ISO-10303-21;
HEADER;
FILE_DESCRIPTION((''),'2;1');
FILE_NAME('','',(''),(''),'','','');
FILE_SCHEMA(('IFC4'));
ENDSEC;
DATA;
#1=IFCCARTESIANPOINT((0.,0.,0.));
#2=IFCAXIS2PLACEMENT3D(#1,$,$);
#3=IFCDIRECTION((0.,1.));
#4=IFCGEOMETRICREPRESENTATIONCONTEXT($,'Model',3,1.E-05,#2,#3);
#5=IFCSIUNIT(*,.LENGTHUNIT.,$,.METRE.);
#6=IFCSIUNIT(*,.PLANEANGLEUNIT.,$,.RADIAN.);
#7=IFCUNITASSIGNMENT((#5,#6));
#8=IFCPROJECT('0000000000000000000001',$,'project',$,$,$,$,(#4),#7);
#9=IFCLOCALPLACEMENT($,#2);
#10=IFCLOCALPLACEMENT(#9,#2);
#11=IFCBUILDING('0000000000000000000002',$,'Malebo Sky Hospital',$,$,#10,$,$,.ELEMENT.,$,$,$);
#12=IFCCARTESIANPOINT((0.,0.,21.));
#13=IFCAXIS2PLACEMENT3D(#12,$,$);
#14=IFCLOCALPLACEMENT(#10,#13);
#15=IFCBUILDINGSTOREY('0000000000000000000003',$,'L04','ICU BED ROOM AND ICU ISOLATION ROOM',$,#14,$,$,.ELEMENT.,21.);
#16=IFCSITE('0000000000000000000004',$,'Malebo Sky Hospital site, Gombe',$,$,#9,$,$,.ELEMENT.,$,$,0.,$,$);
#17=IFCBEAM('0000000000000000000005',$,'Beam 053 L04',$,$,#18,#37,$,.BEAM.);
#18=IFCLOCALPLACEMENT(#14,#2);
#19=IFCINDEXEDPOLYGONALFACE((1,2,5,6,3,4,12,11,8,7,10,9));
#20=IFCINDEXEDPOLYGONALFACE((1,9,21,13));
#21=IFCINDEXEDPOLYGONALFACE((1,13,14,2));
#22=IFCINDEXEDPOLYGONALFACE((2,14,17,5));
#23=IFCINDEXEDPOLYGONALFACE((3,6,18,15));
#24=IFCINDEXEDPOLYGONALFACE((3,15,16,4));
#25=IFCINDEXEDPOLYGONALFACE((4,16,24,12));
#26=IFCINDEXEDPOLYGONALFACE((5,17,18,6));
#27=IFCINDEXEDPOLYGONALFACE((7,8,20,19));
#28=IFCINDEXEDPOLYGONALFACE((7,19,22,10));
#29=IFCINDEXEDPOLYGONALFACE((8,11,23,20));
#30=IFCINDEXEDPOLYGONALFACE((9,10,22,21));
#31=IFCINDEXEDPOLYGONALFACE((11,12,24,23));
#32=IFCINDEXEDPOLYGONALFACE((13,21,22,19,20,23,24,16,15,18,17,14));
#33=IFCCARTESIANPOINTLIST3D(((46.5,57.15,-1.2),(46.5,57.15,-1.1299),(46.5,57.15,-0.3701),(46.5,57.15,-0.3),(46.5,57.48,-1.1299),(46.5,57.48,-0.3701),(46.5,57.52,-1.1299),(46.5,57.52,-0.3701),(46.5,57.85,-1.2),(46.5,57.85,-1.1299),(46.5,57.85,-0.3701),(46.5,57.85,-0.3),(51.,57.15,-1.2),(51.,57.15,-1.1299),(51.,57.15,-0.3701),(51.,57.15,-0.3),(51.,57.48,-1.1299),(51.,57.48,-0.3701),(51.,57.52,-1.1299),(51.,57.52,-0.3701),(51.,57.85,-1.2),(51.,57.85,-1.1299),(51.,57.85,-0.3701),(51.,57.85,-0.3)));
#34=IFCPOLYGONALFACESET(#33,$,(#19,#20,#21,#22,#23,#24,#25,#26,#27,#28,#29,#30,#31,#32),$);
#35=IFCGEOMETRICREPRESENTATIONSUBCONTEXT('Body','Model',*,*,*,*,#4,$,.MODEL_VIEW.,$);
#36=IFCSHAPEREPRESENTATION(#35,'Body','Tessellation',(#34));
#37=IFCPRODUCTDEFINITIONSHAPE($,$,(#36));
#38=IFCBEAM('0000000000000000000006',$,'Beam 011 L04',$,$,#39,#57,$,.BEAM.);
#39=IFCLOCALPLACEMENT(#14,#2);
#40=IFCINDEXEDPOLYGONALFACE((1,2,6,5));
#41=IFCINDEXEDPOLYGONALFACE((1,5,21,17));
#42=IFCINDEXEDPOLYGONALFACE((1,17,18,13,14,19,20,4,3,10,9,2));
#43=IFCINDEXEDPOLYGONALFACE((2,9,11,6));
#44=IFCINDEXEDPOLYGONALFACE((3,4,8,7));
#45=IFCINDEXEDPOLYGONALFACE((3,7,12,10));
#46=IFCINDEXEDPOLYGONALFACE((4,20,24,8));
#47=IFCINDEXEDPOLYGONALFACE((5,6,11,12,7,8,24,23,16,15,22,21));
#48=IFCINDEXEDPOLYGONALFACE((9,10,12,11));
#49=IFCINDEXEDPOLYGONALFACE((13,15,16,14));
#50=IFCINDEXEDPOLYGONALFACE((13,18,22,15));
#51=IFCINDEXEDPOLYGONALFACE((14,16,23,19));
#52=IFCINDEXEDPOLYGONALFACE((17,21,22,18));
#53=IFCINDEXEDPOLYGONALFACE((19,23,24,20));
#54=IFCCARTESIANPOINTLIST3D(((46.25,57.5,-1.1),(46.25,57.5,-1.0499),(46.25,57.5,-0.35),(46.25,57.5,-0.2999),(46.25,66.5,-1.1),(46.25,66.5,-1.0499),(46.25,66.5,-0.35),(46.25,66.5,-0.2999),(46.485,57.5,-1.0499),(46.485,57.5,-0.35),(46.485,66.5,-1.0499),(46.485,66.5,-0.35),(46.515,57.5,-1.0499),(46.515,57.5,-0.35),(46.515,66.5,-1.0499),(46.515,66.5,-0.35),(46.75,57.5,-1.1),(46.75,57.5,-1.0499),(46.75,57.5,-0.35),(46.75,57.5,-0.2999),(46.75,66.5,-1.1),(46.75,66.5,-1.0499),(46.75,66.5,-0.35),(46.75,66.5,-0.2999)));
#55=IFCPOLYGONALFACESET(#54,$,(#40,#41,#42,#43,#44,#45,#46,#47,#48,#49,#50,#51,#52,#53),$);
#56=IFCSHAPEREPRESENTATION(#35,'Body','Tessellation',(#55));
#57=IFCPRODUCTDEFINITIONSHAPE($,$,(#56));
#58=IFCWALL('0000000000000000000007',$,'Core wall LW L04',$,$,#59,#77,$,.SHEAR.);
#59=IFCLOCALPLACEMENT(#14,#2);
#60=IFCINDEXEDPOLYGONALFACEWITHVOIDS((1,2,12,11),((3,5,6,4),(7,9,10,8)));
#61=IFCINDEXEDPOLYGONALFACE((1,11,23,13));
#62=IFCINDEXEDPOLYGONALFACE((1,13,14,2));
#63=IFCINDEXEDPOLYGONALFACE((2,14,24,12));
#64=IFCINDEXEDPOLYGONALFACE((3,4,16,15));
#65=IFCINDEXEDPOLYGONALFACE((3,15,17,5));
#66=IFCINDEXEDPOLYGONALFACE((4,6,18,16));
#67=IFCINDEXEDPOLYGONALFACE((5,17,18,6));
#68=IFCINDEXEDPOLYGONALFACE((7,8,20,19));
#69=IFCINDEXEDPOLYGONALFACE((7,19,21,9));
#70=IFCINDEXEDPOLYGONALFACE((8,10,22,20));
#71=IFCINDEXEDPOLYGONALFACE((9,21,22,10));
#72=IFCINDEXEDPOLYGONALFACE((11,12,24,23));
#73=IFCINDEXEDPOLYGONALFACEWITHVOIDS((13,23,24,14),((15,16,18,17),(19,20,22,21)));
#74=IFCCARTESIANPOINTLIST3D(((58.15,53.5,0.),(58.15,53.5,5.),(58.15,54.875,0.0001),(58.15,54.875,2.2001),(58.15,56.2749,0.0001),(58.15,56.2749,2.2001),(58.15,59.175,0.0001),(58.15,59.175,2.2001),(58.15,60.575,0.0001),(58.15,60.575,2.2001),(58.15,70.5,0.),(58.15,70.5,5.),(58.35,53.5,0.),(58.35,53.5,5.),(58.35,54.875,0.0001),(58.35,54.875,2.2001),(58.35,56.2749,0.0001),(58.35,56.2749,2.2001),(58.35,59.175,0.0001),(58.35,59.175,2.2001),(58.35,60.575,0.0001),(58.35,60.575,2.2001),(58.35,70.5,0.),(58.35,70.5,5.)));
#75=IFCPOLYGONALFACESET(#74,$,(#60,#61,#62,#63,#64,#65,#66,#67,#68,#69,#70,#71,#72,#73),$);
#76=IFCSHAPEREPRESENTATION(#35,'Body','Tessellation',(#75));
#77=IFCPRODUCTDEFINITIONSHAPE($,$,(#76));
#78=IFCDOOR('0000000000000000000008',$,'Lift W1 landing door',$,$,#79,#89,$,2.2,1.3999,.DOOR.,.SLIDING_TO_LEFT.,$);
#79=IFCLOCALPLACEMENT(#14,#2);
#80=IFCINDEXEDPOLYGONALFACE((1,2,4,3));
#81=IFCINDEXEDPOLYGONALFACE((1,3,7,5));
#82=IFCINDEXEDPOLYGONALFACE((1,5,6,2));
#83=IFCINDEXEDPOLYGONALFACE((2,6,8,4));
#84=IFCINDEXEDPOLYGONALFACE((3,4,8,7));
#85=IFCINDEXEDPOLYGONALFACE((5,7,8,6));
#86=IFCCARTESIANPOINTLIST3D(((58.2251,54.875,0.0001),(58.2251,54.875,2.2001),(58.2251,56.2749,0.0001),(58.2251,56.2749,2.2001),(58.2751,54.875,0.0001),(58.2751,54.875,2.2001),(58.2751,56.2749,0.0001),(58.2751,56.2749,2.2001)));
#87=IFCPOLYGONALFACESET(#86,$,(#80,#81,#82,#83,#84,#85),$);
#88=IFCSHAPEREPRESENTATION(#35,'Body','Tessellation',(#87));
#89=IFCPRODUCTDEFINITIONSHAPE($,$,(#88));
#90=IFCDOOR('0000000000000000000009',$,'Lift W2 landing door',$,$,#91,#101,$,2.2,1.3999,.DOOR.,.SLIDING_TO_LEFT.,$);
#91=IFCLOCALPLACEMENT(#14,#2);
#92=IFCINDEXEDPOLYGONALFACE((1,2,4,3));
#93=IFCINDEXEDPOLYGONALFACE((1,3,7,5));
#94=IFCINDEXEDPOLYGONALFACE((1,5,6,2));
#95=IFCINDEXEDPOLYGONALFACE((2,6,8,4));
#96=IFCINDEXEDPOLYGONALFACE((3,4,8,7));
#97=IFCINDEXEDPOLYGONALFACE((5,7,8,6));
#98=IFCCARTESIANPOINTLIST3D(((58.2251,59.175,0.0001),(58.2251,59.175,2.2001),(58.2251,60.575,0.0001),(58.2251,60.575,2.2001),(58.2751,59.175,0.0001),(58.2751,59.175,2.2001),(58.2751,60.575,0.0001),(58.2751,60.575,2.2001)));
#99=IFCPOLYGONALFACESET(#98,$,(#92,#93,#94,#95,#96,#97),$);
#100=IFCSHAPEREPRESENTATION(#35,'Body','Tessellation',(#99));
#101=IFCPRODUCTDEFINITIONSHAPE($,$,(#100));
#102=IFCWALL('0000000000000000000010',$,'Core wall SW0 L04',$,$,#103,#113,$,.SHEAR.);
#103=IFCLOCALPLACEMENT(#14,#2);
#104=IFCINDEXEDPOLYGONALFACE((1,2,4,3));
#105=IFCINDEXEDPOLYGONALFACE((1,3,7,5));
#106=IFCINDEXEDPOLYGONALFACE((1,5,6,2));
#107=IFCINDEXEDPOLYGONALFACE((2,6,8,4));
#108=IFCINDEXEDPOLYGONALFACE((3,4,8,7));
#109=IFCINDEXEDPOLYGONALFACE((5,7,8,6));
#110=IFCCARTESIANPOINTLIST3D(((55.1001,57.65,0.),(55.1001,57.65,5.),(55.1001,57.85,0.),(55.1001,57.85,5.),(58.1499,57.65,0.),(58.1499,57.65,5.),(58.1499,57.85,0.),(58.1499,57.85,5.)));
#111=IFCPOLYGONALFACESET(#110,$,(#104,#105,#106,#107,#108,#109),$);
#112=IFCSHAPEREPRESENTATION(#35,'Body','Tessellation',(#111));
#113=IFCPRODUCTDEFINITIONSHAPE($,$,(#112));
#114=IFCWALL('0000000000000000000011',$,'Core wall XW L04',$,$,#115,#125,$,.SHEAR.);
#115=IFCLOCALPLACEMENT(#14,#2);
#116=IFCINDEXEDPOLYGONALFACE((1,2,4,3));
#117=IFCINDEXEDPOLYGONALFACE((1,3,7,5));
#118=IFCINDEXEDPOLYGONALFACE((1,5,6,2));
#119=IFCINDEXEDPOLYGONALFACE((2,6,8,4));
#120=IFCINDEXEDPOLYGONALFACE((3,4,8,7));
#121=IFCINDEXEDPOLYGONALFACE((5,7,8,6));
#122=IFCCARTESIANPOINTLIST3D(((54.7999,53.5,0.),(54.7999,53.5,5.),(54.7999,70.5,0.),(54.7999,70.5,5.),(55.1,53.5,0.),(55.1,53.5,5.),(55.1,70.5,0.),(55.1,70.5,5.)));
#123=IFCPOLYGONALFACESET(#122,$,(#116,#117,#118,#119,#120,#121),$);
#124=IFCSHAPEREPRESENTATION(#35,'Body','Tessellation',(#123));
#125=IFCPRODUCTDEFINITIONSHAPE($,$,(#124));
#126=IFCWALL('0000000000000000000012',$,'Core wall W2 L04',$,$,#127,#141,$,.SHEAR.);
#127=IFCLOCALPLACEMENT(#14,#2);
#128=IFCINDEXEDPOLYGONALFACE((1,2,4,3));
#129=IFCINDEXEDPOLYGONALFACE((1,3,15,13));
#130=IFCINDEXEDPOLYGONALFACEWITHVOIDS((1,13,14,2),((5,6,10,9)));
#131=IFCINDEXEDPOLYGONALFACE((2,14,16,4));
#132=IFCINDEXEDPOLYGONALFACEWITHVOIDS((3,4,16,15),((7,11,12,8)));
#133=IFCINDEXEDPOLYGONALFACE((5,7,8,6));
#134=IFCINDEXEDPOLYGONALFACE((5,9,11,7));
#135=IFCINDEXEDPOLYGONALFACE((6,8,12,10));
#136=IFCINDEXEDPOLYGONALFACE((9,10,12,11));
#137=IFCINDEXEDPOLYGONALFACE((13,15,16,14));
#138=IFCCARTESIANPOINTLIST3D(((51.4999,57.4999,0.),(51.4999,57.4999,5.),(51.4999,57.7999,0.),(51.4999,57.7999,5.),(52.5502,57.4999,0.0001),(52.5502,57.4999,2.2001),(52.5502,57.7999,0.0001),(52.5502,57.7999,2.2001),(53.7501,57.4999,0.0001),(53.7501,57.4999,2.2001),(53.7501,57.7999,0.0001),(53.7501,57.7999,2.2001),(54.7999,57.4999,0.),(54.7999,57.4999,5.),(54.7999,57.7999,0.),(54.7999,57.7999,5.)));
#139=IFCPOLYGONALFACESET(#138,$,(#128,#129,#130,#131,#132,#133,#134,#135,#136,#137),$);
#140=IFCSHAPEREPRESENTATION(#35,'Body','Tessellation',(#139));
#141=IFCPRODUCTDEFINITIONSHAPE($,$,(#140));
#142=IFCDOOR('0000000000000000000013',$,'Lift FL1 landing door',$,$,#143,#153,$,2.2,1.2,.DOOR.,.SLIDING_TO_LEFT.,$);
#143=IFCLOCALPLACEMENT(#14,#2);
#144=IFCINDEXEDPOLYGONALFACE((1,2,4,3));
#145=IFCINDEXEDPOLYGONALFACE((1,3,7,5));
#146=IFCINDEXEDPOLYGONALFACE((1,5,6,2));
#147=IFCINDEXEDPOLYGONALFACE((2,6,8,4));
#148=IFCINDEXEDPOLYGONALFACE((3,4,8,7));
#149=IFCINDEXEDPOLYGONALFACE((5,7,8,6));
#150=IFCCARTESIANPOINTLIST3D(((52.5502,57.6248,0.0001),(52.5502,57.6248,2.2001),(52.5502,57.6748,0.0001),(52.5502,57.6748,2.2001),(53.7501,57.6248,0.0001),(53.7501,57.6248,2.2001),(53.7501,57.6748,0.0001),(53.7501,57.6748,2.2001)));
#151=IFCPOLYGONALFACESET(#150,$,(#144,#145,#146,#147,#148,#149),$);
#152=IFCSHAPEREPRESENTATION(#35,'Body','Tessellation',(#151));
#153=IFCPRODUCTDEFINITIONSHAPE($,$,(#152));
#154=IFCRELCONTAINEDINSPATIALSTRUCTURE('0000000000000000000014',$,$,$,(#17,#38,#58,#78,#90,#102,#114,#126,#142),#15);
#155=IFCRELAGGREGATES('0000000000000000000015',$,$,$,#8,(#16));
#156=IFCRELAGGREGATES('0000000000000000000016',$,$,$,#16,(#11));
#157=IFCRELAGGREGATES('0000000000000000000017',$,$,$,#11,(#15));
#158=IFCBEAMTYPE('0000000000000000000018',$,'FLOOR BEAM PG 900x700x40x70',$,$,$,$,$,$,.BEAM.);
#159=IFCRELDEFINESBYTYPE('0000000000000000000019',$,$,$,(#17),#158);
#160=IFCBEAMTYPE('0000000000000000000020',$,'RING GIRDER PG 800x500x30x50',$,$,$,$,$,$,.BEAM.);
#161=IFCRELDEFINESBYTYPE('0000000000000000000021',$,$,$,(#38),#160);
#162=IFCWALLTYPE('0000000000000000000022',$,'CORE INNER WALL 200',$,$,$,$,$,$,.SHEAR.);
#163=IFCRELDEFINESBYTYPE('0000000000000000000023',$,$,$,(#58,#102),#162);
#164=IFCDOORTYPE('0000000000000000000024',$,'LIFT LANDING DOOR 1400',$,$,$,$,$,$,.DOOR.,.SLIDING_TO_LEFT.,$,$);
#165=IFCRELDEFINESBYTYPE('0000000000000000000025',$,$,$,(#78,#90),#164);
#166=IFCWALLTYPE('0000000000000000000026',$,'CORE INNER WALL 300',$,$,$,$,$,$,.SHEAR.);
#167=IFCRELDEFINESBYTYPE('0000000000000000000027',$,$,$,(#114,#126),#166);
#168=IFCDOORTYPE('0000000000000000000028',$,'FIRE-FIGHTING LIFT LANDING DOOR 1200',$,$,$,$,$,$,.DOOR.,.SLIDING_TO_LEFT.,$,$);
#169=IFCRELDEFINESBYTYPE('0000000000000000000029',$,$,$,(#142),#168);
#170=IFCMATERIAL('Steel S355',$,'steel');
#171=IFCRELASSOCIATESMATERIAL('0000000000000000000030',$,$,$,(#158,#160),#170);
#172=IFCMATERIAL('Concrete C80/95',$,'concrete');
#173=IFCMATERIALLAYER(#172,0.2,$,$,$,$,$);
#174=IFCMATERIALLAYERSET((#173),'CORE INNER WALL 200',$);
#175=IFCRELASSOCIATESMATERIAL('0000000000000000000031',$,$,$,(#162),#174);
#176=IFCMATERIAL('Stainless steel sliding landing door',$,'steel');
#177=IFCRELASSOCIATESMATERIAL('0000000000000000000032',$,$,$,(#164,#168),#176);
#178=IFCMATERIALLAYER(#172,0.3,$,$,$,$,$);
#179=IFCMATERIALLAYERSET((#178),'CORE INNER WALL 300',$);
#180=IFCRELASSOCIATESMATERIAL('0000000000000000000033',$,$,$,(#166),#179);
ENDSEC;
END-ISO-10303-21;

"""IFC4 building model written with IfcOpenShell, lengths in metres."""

from ifc_helpers import new_model, si_unit, direction, frame, frame_2d, origin, origin_2d, place, context, subcontext, project, spatial, rectangle, i_section, extrude, material, layer, layer_set, material_profile, profile_set, type_object, element, fill, save


model = new_model("IFC4")

# Units and contexts
model_context = context("Model", 3, precision=1e-05, world=origin(), true_north=direction((0.0, 1.0)))
body_context = subcontext(model_context, "Body", "Model", "MODEL_VIEW")
ifc_project = project(units=[si_unit("LENGTHUNIT", "METRE"), si_unit("PLANEANGLEUNIT", "RADIAN")], contexts=[model_context])

# Site, building, storey
site_placement = place(None, origin())
site = spatial("IfcSite", under=ifc_project, at=site_placement, Name="Malebo Sky Hospital site, Gombe", CompositionType="ELEMENT", RefElevation=0.0)
building_placement = place(site_placement, origin())
building = spatial("IfcBuilding", under=site, at=building_placement, Name="Malebo Sky Hospital", CompositionType="ELEMENT")
storey_placement = place(building_placement, frame((0.0, 0.0, 21.0)))
storey = spatial("IfcBuildingStorey", under=building, at=storey_placement, Name="L04", Description="ICU BED ROOM AND ICU ISOLATION ROOM", CompositionType="ELEMENT", Elevation=21.0)

# Beams
ifc_material_1 = material(Name="Steel S355", Category="steel")
ifc_material_profile_1 = material_profile(ifc_material_1, i_section(OverallWidth=0.7, OverallDepth=0.8999, WebThickness=0.04, FlangeThickness=0.0701, at=origin_2d()), Name="PG 900x700x40x70")
ifc_profile_set_1 = profile_set([ifc_material_profile_1], Name="Steel S355")
beam_type_1 = type_object("IfcBeamType", Name="FLOOR BEAM PG 900x700x40x70", PredefinedType="BEAM", material=ifc_profile_set_1)
beam_1_placement = place(storey_placement, frame((46.5, 57.5, -0.75), z_axis=(1.0, 0.0, 0.0), x_axis=(0.0, 1.0, 0.0)))
element("IfcBeam", 1, at=beam_1_placement, inside=storey, type_object=beam_type_1, Name="Beam 053 L04", PredefinedType="BEAM", context=body_context, shape_type="SweptSolid", body=[
    extrude(i_section(OverallWidth=0.7, OverallDepth=0.8999, WebThickness=0.04, FlangeThickness=0.0701, at=origin_2d()), origin(), (0.0, 0.0, 1.0), 4.5),
])
ifc_material_profile_2 = material_profile(ifc_material_1, i_section(OverallWidth=0.5, OverallDepth=0.8, WebThickness=0.03, FlangeThickness=0.05, at=origin_2d()), Name="PG 800x500x30x50")
ifc_profile_set_2 = profile_set([ifc_material_profile_2], Name="Steel S355")
beam_type_2 = type_object("IfcBeamType", Name="RING GIRDER PG 800x500x30x50", PredefinedType="BEAM", material=ifc_profile_set_2)
beam_2_placement = place(storey_placement, frame((46.5, 57.5, -0.7), z_axis=(0.0, 1.0, 0.0), x_axis=(-1.0, 0.0, 0.0)))
element("IfcBeam", 2, at=beam_2_placement, inside=storey, type_object=beam_type_2, Name="Beam 011 L04", PredefinedType="BEAM", context=body_context, shape_type="SweptSolid", body=[
    extrude(i_section(OverallWidth=0.5, OverallDepth=0.8, WebThickness=0.03, FlangeThickness=0.05, at=origin_2d()), origin(), (0.0, 0.0, 1.0), 9.0),
])

# Wall, openings, doors
ifc_material_2 = material(Name="Concrete C80/95", Category="concrete")
ifc_layer_1 = layer(ifc_material_2, 0.2)
ifc_layer_set_1 = layer_set([ifc_layer_1], Name="CORE INNER WALL 200")
wall_type_1 = type_object("IfcWallType", Name="CORE INNER WALL 200", PredefinedType="SHEAR", material=ifc_layer_set_1)
wall_1_placement = place(storey_placement, frame((58.25, 53.5, 0.0), z_axis=(0.0, 0.0, 1.0), x_axis=(0.0, 1.0, 0.0)))
wall_1 = element("IfcWall", 3, at=wall_1_placement, inside=storey, type_object=wall_type_1, Name="Core wall LW L04", PredefinedType="SHEAR", context=body_context, shape_type="SweptSolid", body=[
    extrude(rectangle(XDim=17.0, YDim=0.2, at=frame_2d((8.5, 0.0))), origin(), (0.0, 0.0, 1.0), 5.0),
])
opening_1_placement = place(wall_1_placement, frame((1.375, 0.0, 0.0)))
opening_1 = element("IfcOpeningElement", 4, at=opening_1_placement, cuts=wall_1, PredefinedType="OPENING", context=body_context, shape_type="SweptSolid", body=[
    extrude(rectangle(XDim=1.3999, YDim=2.2, at=frame_2d((0.7, 1.1001))), frame((0.0, 0.1099, 0.0), z_axis=(0.0, -1.0, 0.0), x_axis=(1.0, 0.0, 0.0)), (0.0, 0.0, 1.0), 0.22),
])
opening_2_placement = place(wall_1_placement, frame((5.675, 0.0, 0.0)))
opening_2 = element("IfcOpeningElement", 5, at=opening_2_placement, cuts=wall_1, PredefinedType="OPENING", context=body_context, shape_type="SweptSolid", body=[
    extrude(rectangle(XDim=1.3999, YDim=2.2, at=frame_2d((0.7, 1.1001))), frame((0.0, 0.1099, 0.0), z_axis=(0.0, -1.0, 0.0), x_axis=(1.0, 0.0, 0.0)), (0.0, 0.0, 1.0), 0.22),
])
ifc_material_3 = material(Name="Stainless steel sliding landing door", Category="steel")
door_type_1 = type_object("IfcDoorType", Name="LIFT LANDING DOOR 1400", OperationType="SLIDING_TO_LEFT", PredefinedType="DOOR", material=ifc_material_3)
door_1_placement = place(opening_1_placement, origin())
door_1 = element("IfcDoor", 6, at=door_1_placement, inside=storey, type_object=door_type_1, Name="Lift W1 landing door", OperationType="SLIDING_TO_LEFT", OverallHeight=2.2, OverallWidth=1.3999, PredefinedType="DOOR", context=body_context, shape_type="SweptSolid", body=[
    extrude(rectangle(XDim=1.3999, YDim=2.2, at=frame_2d((0.7, 1.1001))), frame((0.0, 0.0249, 0.0), z_axis=(0.0, -1.0, 0.0), x_axis=(1.0, 0.0, 0.0)), (0.0, 0.0, 1.0), 0.05),
])
fill(opening_1, door_1)
door_2_placement = place(opening_2_placement, origin())
door_2 = element("IfcDoor", 7, at=door_2_placement, inside=storey, type_object=door_type_1, Name="Lift W2 landing door", OperationType="SLIDING_TO_LEFT", OverallHeight=2.2, OverallWidth=1.3999, PredefinedType="DOOR", context=body_context, shape_type="SweptSolid", body=[
    extrude(rectangle(XDim=1.3999, YDim=2.2, at=frame_2d((0.7, 1.1001))), frame((0.0, 0.0249, 0.0), z_axis=(0.0, -1.0, 0.0), x_axis=(1.0, 0.0, 0.0)), (0.0, 0.0, 1.0), 0.05),
])
fill(opening_2, door_2)

# Walls
wall_2_placement = place(storey_placement, frame((55.1001, 57.75, 0.0), z_axis=(0.0, 0.0, 1.0), x_axis=(1.0, 0.0, 0.0)))
element("IfcWall", 8, at=wall_2_placement, inside=storey, type_object=wall_type_1, Name="Core wall SW0 L04", PredefinedType="SHEAR", context=body_context, shape_type="SweptSolid", body=[
    extrude(rectangle(XDim=3.0498, YDim=0.2, at=frame_2d((1.5249, 0.0))), origin(), (0.0, 0.0, 1.0), 5.0),
])
ifc_layer_2 = layer(ifc_material_2, 0.3)
ifc_layer_set_2 = layer_set([ifc_layer_2], Name="CORE INNER WALL 300")
wall_type_2 = type_object("IfcWallType", Name="CORE INNER WALL 300", PredefinedType="SHEAR", material=ifc_layer_set_2)
wall_3_placement = place(storey_placement, frame((54.95, 53.5, 0.0), z_axis=(0.0, 0.0, 1.0), x_axis=(0.0, 1.0, 0.0)))
element("IfcWall", 9, at=wall_3_placement, inside=storey, type_object=wall_type_2, Name="Core wall XW L04", PredefinedType="SHEAR", context=body_context, shape_type="SweptSolid", body=[
    extrude(rectangle(XDim=17.0, YDim=0.3, at=frame_2d((8.5, 0.0))), origin(), (0.0, 0.0, 1.0), 5.0),
])

# Wall, opening, door
wall_4_placement = place(storey_placement, frame((51.5, 57.6499, 0.0), z_axis=(0.0, 0.0, 1.0), x_axis=(1.0, 0.0, 0.0)))
wall_4 = element("IfcWall", 10, at=wall_4_placement, inside=storey, type_object=wall_type_2, Name="Core wall W2 L04", PredefinedType="SHEAR", context=body_context, shape_type="SweptSolid", body=[
    extrude(rectangle(XDim=3.3, YDim=0.3, at=frame_2d((1.6499, 0.0))), origin(), (0.0, 0.0, 1.0), 5.0),
])
opening_3_placement = place(wall_4_placement, frame((1.05, 0.0, 0.0)))
opening_3 = element("IfcOpeningElement", 11, at=opening_3_placement, cuts=wall_4, PredefinedType="OPENING", context=body_context, shape_type="SweptSolid", body=[
    extrude(rectangle(XDim=1.2, YDim=2.2, at=frame_2d((0.6001, 1.1001))), frame((0.0, 0.1599, 0.0), z_axis=(0.0, -1.0, 0.0), x_axis=(1.0, 0.0, 0.0)), (0.0, 0.0, 1.0), 0.3201),
])
door_type_2 = type_object("IfcDoorType", Name="FIRE-FIGHTING LIFT LANDING DOOR 1200", OperationType="SLIDING_TO_LEFT", PredefinedType="DOOR", material=ifc_material_3)
door_3_placement = place(opening_3_placement, origin())
door_3 = element("IfcDoor", 12, at=door_3_placement, inside=storey, type_object=door_type_2, Name="Lift FL1 landing door", OperationType="SLIDING_TO_LEFT", OverallHeight=2.2, OverallWidth=1.2, PredefinedType="DOOR", context=body_context, shape_type="SweptSolid", body=[
    extrude(rectangle(XDim=1.2, YDim=2.2, at=frame_2d((0.6001, 1.1001))), frame((0.0, 0.0249, 0.0), z_axis=(0.0, -1.0, 0.0), x_axis=(1.0, 0.0, 0.0)), (0.0, 0.0, 1.0), 0.05),
])
fill(opening_3, door_3)

save(model, "model.ifc")
